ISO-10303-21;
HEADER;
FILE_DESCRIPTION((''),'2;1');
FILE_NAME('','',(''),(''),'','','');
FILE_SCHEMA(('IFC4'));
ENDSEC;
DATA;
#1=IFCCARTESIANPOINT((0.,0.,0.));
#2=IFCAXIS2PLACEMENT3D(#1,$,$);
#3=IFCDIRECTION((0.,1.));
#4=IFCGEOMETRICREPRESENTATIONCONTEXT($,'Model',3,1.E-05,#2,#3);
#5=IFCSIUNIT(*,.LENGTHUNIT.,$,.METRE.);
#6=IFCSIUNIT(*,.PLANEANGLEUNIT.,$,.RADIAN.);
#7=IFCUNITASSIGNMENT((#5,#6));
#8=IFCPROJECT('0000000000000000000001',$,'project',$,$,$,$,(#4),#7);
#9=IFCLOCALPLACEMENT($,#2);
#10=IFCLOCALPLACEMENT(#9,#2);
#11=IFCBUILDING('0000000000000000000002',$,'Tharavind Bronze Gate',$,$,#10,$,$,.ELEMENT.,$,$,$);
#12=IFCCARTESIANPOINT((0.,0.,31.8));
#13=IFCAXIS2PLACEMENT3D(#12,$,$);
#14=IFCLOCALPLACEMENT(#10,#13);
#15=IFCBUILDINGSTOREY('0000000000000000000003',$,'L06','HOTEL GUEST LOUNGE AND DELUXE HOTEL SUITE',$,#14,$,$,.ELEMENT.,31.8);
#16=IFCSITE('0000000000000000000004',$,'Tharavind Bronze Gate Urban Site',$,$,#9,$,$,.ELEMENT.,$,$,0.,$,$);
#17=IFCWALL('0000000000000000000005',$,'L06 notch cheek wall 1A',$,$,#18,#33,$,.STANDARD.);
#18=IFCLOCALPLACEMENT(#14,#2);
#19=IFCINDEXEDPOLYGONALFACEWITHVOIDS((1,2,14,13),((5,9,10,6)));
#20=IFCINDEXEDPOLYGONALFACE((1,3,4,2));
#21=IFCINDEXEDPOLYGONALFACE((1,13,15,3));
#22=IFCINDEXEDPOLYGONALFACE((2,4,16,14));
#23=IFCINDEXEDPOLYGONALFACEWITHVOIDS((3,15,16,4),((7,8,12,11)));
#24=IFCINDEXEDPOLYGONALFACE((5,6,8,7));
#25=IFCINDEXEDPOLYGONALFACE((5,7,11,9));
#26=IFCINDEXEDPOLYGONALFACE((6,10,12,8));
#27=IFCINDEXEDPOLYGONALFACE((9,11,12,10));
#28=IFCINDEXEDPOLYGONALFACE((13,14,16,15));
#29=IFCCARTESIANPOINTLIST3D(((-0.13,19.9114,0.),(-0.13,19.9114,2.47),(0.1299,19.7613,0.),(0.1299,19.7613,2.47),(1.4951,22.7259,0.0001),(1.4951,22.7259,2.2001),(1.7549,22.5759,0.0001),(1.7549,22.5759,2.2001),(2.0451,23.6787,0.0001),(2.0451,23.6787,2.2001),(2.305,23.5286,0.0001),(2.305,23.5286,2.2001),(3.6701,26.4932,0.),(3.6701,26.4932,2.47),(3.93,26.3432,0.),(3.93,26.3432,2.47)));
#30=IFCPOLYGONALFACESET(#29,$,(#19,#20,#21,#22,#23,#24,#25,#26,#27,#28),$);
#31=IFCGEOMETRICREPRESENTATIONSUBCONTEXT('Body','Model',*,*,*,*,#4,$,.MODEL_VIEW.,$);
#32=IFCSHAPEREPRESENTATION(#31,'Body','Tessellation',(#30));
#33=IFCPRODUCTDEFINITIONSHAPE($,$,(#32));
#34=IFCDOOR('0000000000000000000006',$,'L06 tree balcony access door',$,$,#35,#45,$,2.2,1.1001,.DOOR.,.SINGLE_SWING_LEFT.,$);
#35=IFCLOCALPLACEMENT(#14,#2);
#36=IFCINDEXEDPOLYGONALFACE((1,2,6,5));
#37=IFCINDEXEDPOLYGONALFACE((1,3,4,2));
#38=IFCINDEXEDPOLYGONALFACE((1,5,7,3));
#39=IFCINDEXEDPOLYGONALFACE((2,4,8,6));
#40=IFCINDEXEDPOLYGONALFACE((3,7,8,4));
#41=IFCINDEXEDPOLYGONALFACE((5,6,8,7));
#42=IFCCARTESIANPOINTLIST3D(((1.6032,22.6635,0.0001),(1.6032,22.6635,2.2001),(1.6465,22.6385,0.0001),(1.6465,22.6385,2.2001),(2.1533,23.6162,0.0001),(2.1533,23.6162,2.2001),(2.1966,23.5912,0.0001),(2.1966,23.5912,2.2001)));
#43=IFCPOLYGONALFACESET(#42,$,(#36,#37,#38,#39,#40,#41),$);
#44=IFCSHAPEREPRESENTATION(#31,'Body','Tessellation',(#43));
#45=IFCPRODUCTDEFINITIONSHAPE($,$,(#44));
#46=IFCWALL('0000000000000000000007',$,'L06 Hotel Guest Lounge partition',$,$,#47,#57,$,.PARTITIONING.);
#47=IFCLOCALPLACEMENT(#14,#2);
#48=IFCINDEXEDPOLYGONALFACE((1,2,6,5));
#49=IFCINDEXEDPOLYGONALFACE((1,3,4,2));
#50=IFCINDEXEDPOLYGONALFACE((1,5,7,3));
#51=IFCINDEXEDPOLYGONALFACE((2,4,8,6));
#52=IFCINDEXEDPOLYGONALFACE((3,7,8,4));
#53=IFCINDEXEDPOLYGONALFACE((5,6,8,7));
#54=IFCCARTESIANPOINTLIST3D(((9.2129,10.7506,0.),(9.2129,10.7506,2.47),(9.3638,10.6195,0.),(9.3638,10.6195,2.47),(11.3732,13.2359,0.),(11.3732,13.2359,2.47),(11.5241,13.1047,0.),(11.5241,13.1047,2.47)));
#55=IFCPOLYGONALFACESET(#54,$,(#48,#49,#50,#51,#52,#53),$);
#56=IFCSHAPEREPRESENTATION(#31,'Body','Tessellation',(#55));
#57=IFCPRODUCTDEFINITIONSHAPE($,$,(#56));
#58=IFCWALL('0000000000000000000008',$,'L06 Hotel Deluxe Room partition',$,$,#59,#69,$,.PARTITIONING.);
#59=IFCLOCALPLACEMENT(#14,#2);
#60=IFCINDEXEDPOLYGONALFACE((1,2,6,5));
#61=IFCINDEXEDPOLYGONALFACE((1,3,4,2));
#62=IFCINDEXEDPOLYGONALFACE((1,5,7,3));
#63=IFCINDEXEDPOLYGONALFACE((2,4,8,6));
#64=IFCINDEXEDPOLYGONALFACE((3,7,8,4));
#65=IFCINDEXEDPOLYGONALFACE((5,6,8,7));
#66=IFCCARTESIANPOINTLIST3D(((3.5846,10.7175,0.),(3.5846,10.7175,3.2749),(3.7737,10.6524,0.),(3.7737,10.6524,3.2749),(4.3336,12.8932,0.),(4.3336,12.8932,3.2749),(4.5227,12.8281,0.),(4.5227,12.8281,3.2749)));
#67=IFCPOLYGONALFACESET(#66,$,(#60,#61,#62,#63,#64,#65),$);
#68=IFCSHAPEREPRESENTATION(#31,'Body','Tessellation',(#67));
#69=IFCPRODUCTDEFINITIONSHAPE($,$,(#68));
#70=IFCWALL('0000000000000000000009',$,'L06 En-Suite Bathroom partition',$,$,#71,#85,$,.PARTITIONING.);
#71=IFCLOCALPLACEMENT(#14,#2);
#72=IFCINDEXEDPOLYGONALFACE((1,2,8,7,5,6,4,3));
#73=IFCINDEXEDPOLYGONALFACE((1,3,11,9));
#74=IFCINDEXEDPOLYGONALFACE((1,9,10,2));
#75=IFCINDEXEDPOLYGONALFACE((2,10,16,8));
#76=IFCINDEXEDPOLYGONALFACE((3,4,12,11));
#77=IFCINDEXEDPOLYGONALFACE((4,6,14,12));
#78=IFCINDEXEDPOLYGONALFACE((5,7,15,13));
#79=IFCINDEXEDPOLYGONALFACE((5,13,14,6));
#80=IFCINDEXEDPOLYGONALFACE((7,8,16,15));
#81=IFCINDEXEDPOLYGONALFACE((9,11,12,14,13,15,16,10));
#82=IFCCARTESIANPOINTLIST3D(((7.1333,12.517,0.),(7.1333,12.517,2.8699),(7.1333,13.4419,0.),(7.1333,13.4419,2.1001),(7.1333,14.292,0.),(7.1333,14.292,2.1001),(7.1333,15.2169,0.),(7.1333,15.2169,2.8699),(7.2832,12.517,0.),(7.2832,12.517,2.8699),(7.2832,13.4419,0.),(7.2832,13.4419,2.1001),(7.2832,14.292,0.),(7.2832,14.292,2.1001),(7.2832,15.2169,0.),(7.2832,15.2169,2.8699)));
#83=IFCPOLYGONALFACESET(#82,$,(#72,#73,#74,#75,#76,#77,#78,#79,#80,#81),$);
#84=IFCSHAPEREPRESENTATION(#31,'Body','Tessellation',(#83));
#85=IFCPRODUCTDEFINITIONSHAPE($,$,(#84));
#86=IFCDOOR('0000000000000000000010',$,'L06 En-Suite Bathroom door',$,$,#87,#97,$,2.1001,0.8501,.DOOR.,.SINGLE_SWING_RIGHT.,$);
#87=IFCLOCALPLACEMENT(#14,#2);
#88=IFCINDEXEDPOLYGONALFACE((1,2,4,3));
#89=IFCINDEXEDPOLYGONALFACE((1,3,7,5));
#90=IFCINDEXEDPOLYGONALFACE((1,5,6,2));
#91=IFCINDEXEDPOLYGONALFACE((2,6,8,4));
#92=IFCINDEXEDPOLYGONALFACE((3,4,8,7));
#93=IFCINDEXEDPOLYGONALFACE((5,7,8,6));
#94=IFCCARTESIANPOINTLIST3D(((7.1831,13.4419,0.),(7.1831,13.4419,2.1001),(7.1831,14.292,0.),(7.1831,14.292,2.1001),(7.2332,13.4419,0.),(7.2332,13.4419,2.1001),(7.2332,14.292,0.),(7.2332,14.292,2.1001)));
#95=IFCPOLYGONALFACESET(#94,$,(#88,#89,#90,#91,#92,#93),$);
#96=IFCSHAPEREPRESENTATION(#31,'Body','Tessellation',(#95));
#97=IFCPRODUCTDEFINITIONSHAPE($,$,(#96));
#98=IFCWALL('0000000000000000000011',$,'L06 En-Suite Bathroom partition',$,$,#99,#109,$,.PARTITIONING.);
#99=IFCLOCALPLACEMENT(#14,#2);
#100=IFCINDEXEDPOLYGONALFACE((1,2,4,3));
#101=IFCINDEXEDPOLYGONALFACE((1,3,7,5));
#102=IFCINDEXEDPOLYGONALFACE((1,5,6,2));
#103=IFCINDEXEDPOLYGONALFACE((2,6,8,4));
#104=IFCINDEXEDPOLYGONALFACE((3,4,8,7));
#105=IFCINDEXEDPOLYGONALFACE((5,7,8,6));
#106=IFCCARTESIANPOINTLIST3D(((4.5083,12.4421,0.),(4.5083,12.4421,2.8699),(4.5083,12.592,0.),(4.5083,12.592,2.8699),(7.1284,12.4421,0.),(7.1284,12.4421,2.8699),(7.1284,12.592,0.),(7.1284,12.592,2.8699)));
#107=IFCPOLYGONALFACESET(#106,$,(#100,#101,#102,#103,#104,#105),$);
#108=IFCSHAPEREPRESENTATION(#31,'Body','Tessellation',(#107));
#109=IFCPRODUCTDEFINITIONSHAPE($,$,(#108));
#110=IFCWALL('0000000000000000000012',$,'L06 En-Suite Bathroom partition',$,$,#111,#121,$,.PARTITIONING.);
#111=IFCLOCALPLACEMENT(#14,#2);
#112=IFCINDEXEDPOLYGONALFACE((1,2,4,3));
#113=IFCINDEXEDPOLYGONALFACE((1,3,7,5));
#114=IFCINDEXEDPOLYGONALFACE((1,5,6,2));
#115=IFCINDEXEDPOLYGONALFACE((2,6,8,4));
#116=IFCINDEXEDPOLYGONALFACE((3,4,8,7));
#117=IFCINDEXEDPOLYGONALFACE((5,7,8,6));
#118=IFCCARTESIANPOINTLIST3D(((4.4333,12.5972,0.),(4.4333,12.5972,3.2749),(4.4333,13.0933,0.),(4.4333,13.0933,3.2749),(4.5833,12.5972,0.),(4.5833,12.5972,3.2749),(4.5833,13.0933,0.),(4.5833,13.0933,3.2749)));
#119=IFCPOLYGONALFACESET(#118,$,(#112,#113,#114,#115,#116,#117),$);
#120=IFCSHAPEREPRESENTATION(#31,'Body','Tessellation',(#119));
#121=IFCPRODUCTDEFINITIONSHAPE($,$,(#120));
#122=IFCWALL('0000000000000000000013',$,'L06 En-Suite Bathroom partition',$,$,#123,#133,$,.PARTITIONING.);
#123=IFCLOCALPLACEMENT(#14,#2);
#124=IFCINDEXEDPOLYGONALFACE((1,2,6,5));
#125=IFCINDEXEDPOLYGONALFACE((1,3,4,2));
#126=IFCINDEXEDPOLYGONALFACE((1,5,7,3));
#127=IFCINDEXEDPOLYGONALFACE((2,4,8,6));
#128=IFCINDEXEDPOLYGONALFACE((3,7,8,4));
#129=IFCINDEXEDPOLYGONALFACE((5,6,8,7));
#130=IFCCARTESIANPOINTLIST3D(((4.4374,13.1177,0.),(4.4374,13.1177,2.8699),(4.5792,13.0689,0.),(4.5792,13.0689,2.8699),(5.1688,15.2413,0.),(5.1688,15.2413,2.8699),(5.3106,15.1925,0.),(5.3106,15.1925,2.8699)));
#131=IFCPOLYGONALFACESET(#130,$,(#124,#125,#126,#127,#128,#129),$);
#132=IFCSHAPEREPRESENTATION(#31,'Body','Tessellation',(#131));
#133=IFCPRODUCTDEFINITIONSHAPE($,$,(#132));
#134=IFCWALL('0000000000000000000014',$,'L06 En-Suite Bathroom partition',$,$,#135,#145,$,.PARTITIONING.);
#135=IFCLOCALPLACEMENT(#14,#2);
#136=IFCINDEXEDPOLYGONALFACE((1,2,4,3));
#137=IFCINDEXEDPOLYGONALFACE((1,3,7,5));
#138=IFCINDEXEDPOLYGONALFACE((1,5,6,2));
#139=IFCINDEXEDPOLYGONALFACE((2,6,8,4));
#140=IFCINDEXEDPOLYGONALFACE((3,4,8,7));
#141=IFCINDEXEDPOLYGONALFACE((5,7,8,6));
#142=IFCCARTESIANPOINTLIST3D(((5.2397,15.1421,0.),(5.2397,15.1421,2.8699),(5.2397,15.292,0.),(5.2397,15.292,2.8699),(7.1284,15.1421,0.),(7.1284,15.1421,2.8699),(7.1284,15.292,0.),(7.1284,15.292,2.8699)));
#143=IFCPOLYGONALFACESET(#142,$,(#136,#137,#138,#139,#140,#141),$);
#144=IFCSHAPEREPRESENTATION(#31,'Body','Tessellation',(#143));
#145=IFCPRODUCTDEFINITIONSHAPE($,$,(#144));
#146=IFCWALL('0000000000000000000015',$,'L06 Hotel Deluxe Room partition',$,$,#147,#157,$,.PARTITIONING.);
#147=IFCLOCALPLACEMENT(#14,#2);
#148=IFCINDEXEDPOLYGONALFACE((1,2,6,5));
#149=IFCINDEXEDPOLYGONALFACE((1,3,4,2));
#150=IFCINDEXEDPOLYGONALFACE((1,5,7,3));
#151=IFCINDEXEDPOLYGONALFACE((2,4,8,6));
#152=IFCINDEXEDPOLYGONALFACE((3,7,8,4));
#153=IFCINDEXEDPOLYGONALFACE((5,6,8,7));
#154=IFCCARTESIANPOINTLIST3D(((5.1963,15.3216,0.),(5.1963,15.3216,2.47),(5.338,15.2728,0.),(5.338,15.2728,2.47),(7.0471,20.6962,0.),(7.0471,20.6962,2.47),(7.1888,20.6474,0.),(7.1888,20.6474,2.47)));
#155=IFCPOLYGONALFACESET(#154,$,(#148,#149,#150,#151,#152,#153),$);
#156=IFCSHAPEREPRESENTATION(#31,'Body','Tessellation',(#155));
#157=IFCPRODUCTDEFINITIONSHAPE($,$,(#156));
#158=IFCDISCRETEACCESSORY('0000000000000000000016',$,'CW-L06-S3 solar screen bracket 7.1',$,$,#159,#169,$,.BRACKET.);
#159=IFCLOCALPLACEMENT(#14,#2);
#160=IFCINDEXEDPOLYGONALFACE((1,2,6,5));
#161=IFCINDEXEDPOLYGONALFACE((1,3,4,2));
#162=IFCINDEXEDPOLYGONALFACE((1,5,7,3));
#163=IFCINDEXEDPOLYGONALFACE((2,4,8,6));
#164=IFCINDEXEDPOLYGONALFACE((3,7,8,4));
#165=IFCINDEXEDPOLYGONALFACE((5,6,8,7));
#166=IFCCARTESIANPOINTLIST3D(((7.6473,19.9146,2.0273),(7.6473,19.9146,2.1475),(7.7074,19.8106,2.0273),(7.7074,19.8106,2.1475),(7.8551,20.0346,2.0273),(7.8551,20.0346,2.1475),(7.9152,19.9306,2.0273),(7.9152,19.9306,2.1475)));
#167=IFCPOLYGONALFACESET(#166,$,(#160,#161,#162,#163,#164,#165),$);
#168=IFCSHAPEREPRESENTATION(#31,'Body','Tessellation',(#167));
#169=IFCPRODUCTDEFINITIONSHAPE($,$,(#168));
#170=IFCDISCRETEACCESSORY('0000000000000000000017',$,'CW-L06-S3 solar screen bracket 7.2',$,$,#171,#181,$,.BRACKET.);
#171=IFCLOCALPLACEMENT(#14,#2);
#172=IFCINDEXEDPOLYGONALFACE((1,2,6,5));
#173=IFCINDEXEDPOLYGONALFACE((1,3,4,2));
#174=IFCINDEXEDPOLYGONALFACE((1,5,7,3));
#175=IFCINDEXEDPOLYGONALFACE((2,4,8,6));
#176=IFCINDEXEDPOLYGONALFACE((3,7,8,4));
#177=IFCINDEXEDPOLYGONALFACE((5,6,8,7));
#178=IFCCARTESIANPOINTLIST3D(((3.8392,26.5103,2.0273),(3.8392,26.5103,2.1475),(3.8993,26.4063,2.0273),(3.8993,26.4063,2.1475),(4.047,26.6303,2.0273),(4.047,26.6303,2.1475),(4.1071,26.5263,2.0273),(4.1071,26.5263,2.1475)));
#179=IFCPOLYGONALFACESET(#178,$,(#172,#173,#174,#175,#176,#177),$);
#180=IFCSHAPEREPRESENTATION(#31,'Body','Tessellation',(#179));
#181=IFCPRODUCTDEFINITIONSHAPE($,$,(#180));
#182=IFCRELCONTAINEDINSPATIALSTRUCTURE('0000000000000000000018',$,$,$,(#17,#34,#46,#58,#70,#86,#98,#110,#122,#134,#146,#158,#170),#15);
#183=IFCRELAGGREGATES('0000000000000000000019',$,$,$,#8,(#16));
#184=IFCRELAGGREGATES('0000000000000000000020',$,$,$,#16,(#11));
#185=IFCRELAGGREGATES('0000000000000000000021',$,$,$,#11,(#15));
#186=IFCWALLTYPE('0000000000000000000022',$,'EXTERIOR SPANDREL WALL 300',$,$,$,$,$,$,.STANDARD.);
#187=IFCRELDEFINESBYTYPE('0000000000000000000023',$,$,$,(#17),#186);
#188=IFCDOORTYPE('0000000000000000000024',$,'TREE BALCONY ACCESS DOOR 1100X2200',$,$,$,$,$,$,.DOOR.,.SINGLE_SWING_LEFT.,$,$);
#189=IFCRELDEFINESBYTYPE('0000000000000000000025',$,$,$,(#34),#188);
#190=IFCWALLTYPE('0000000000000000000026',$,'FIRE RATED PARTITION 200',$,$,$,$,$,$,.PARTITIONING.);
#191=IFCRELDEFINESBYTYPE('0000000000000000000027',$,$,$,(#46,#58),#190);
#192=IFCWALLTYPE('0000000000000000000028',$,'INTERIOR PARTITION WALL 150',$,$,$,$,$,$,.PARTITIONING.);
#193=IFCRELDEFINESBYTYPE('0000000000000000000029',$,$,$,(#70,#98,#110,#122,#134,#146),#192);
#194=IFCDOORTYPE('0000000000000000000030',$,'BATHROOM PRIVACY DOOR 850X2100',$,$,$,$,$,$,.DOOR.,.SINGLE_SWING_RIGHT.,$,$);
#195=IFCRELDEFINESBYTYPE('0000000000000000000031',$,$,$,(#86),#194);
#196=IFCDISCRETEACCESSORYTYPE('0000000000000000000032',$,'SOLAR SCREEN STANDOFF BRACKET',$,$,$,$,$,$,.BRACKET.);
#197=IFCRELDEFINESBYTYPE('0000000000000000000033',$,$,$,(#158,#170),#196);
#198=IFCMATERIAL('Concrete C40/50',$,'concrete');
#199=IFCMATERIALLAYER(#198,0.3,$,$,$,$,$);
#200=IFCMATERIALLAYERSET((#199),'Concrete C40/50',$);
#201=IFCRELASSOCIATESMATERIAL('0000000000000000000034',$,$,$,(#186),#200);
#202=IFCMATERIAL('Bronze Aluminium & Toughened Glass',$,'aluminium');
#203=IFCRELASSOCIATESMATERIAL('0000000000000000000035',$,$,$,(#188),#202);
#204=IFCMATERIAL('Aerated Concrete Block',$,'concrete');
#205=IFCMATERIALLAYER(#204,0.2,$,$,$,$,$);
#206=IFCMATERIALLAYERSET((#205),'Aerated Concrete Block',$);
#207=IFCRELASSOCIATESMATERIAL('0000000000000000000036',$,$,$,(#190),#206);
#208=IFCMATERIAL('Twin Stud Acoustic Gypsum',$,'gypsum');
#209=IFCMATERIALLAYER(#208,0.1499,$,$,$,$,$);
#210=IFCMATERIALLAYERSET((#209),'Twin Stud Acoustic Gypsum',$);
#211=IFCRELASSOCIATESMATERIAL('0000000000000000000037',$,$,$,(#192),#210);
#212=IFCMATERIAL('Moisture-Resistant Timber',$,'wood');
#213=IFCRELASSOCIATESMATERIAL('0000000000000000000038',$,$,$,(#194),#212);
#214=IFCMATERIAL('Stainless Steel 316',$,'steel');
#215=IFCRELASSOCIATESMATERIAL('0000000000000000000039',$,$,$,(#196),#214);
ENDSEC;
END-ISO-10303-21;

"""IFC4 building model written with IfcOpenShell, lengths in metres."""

from ifc_helpers import new_model, si_unit, direction, frame, frame_2d, origin, origin_2d, place, context, subcontext, project, spatial, rectangle, extrude, material, layer, layer_set, type_object, element, fill, save


model = new_model("IFC4")

# Units and contexts
model_context = context("Model", 3, precision=1e-05, world=origin(), true_north=direction((0.0, 1.0)))
body_context = subcontext(model_context, "Body", "Model", "MODEL_VIEW")
ifc_project = project(units=[si_unit("LENGTHUNIT", "METRE"), si_unit("PLANEANGLEUNIT", "RADIAN")], contexts=[model_context])

# Site, building, storey
site_placement = place(None, origin())
site = spatial("IfcSite", under=ifc_project, at=site_placement, Name="Tharavind Bronze Gate Urban Site", CompositionType="ELEMENT", RefElevation=0.0)
building_placement = place(site_placement, origin())
building = spatial("IfcBuilding", under=site, at=building_placement, Name="Tharavind Bronze Gate", CompositionType="ELEMENT")
storey_placement = place(building_placement, frame((0.0, 0.0, 31.8)))
storey = spatial("IfcBuildingStorey", under=building, at=storey_placement, Name="L06", Description="HOTEL GUEST LOUNGE AND DELUXE HOTEL SUITE", CompositionType="ELEMENT", Elevation=31.8)

# Wall, opening, door
ifc_material_1 = material(Name="Concrete C40/50", Category="concrete")
ifc_layer_1 = layer(ifc_material_1, 0.3)
ifc_layer_set_1 = layer_set([ifc_layer_1], Name="Concrete C40/50")
wall_type_1 = type_object("IfcWallType", Name="EXTERIOR SPANDREL WALL 300", PredefinedType="STANDARD", material=ifc_layer_set_1)
wall_1_placement = place(storey_placement, frame((3.8, 26.4182, 0.0), z_axis=(0.0, 0.0, 1.0), x_axis=(-0.500005, -0.866022, 0.0)))
wall_1 = element("IfcWall", 1, at=wall_1_placement, inside=storey, type_object=wall_type_1, Name="L06 notch cheek wall 1A", PredefinedType="STANDARD", context=body_context, shape_type="SweptSolid", body=[
    extrude(rectangle(XDim=7.6001, YDim=0.3, at=frame_2d((3.8, 0.0))), origin(), (0.0, 0.0, 1.0), 2.47),
])
opening_1_placement = place(wall_1_placement, frame((3.25, 0.0, 0.0)))
opening_1 = element("IfcOpeningElement", 2, at=opening_1_placement, cuts=wall_1, PredefinedType="OPENING", context=body_context, shape_type="SweptSolid", body=[
    extrude(rectangle(XDim=1.1001, YDim=2.2, at=frame_2d((0.55, 1.1001))), frame((0.0, 0.1599, 0.0), z_axis=(0.0, -1.0, 0.0), x_axis=(1.0, 0.0, 0.0)), (0.0, 0.0, 1.0), 0.32),
])
ifc_material_2 = material(Name="Bronze Aluminium & Toughened Glass", Category="aluminium")
door_type_1 = type_object("IfcDoorType", Name="TREE BALCONY ACCESS DOOR 1100X2200", OperationType="SINGLE_SWING_LEFT", PredefinedType="DOOR", material=ifc_material_2)
door_1_placement = place(opening_1_placement, origin())
door_1 = element("IfcDoor", 3, at=door_1_placement, inside=storey, type_object=door_type_1, Name="L06 tree balcony access door", OperationType="SINGLE_SWING_LEFT", OverallHeight=2.2, OverallWidth=1.1001, PredefinedType="DOOR", context=body_context, shape_type="SweptSolid", body=[
    extrude(rectangle(XDim=1.1001, YDim=2.2, at=frame_2d((0.55, 1.1001))), frame((0.0, 0.0249, 0.0), z_axis=(0.0, -1.0, 0.0), x_axis=(1.0, 0.0, 0.0)), (0.0, 0.0, 1.0), 0.05),
])
fill(opening_1, door_1)

# Wall
ifc_material_3 = material(Name="Aerated Concrete Block", Category="concrete")
ifc_layer_2 = layer(ifc_material_3, 0.2)
ifc_layer_set_2 = layer_set([ifc_layer_2], Name="Aerated Concrete Block")
wall_type_2 = type_object("IfcWallType", Name="FIRE RATED PARTITION 200", PredefinedType="PARTITIONING", material=ifc_layer_set_2)
wall_2_placement = place(storey_placement, frame((9.2883, 10.6851, 0.0), z_axis=(0.0, 0.0, 1.0), x_axis=(0.656045, 0.754722, 0.0)))
element("IfcWall", 4, at=wall_2_placement, inside=storey, type_object=wall_type_2, Name="L06 Hotel Guest Lounge partition", PredefinedType="PARTITIONING", context=body_context, shape_type="SweptSolid", body=[
    extrude(rectangle(XDim=3.293, YDim=0.2, at=frame_2d((1.6465, 0.0))), origin(), (0.0, 0.0, 1.0), 2.47),
])

# Wall
wall_3_placement = place(storey_placement, frame((3.6792, 10.6851, 0.0), z_axis=(0.0, 0.0, 1.0), x_axis=(0.325507, 0.94554, 0.0)))
element("IfcWall", 5, at=wall_3_placement, inside=storey, type_object=wall_type_2, Name="L06 Hotel Deluxe Room partition", PredefinedType="PARTITIONING", context=body_context, shape_type="SweptSolid", body=[
    extrude(rectangle(XDim=2.301, YDim=0.2, at=frame_2d((1.1504, 0.0))), origin(), (0.0, 0.0, 1.0), 3.2749),
])

# Wall, opening, door
ifc_material_4 = material(Name="Twin Stud Acoustic Gypsum", Category="gypsum")
ifc_layer_3 = layer(ifc_material_4, 0.1499)
ifc_layer_set_3 = layer_set([ifc_layer_3], Name="Twin Stud Acoustic Gypsum")
wall_type_3 = type_object("IfcWallType", Name="INTERIOR PARTITION WALL 150", PredefinedType="PARTITIONING", material=ifc_layer_set_3)
wall_4_placement = place(storey_placement, frame((7.2083, 15.217, 0.0), z_axis=(0.0, 0.0, 1.0), x_axis=(0.0, -1.0, 0.0)))
wall_4 = element("IfcWall", 6, at=wall_4_placement, inside=storey, type_object=wall_type_3, Name="L06 En-Suite Bathroom partition", PredefinedType="PARTITIONING", context=body_context, shape_type="SweptSolid", body=[
    extrude(rectangle(XDim=2.7, YDim=0.1499, at=frame_2d((1.3501, 0.0))), origin(), (0.0, 0.0, 1.0), 2.8699),
])
opening_2_placement = place(wall_4_placement, frame((0.925, 0.0, 0.0)))
opening_2 = element("IfcOpeningElement", 7, at=opening_2_placement, cuts=wall_4, PredefinedType="OPENING", context=body_context, shape_type="SweptSolid", body=[
    extrude(rectangle(XDim=0.8501, YDim=2.1001, at=frame_2d((0.425, 1.05))), frame((0.0, 0.085, 0.0), z_axis=(0.0, -1.0, 0.0), x_axis=(1.0, 0.0, 0.0)), (0.0, 0.0, 1.0), 0.1699),
])
ifc_material_5 = material(Name="Moisture-Resistant Timber", Category="wood")
door_type_2 = type_object("IfcDoorType", Name="BATHROOM PRIVACY DOOR 850X2100", OperationType="SINGLE_SWING_RIGHT", PredefinedType="DOOR", material=ifc_material_5)
door_2_placement = place(opening_2_placement, origin())
door_2 = element("IfcDoor", 8, at=door_2_placement, inside=storey, type_object=door_type_2, Name="L06 En-Suite Bathroom door", OperationType="SINGLE_SWING_RIGHT", OverallHeight=2.1001, OverallWidth=0.8501, PredefinedType="DOOR", context=body_context, shape_type="SweptSolid", body=[
    extrude(rectangle(XDim=0.8501, YDim=2.1001, at=frame_2d((0.425, 1.05))), frame((0.0, 0.0249, 0.0), z_axis=(0.0, -1.0, 0.0), x_axis=(1.0, 0.0, 0.0)), (0.0, 0.0, 1.0), 0.05),
])
fill(opening_2, door_2)

# Walls
wall_5_placement = place(storey_placement, frame((7.1284, 12.5171, 0.0), z_axis=(0.0, 0.0, 1.0), x_axis=(-1.0, 0.0, 0.0)))
element("IfcWall", 9, at=wall_5_placement, inside=storey, type_object=wall_type_3, Name="L06 En-Suite Bathroom partition", PredefinedType="PARTITIONING", context=body_context, shape_type="SweptSolid", body=[
    extrude(rectangle(XDim=2.6201, YDim=0.1499, at=frame_2d((1.3101, 0.0))), origin(), (0.0, 0.0, 1.0), 2.8699),
])
wall_6_placement = place(storey_placement, frame((4.5083, 12.5972, 0.0), z_axis=(0.0, 0.0, 1.0), x_axis=(0.0, 1.0, 0.0)))
element("IfcWall", 10, at=wall_6_placement, inside=storey, type_object=wall_type_3, Name="L06 En-Suite Bathroom partition", PredefinedType="PARTITIONING", context=body_context, shape_type="SweptSolid", body=[
    extrude(rectangle(XDim=0.4961, YDim=0.1499, at=frame_2d((0.248, 0.0))), origin(), (0.0, 0.0, 1.0), 3.2749),
])
wall_7_placement = place(storey_placement, frame((4.5083, 13.0933, 0.0), z_axis=(0.0, 0.0, 1.0), x_axis=(0.325636, 0.945495, 0.0)))
element("IfcWall", 11, at=wall_7_placement, inside=storey, type_object=wall_type_3, Name="L06 En-Suite Bathroom partition", PredefinedType="PARTITIONING", context=body_context, shape_type="SweptSolid", body=[
    extrude(rectangle(XDim=2.2461, YDim=0.1499, at=frame_2d((1.123, 0.0))), origin(), (0.0, 0.0, 1.0), 2.8699),
])
wall_8_placement = place(storey_placement, frame((5.2397, 15.217, 0.0), z_axis=(0.0, 0.0, 1.0), x_axis=(1.0, 0.0, 0.0)))
element("IfcWall", 12, at=wall_8_placement, inside=storey, type_object=wall_type_3, Name="L06 En-Suite Bathroom partition", PredefinedType="PARTITIONING", context=body_context, shape_type="SweptSolid", body=[
    extrude(rectangle(XDim=1.8887, YDim=0.1499, at=frame_2d((0.9443, 0.0))), origin(), (0.0, 0.0, 1.0), 2.8699),
])
wall_9_placement = place(storey_placement, frame((5.2671, 15.2971, 0.0), z_axis=(0.0, 0.0, 1.0), x_axis=(0.325605, 0.945506, 0.0)))
element("IfcWall", 13, at=wall_9_placement, inside=storey, type_object=wall_type_3, Name="L06 Hotel Deluxe Room partition", PredefinedType="PARTITIONING", context=body_context, shape_type="SweptSolid", body=[
    extrude(rectangle(XDim=5.6843, YDim=0.1499, at=frame_2d((2.8423, 0.0))), origin(), (0.0, 0.0, 1.0), 2.47),
])

# Discrete accessories
ifc_material_6 = material(Name="Stainless Steel 316", Category="steel")
discrete_accessory_type = type_object("IfcDiscreteAccessoryType", Name="SOLAR SCREEN STANDOFF BRACKET", PredefinedType="BRACKET", material=ifc_material_6)
for number, where, z_axis, x_axis, name in (
    (14, (7.7812, 19.9226, 2.0273), (0.0, 0.0, 1.0), (-0.500002, 0.866025, 0.0), "CW-L06-S3 solar screen bracket 7.1"),
    (15, (3.9731, 26.5183, 2.0273), (0.0, 0.0, 1.0), (-0.500002, 0.866025, 0.0), "CW-L06-S3 solar screen bracket 7.2"),
):
    element("IfcDiscreteAccessory", number, at=place(storey_placement, frame(where, z_axis=z_axis, x_axis=x_axis)), inside=storey, type_object=discrete_accessory_type, Name=name, PredefinedType="BRACKET", context=body_context, shape_type="SweptSolid", body=[
        extrude(rectangle(XDim=0.1201, YDim=0.24, at=origin_2d()), origin(), (0.0, 0.0, 1.0), 0.1201),
    ])

save(model, "model.ifc")
